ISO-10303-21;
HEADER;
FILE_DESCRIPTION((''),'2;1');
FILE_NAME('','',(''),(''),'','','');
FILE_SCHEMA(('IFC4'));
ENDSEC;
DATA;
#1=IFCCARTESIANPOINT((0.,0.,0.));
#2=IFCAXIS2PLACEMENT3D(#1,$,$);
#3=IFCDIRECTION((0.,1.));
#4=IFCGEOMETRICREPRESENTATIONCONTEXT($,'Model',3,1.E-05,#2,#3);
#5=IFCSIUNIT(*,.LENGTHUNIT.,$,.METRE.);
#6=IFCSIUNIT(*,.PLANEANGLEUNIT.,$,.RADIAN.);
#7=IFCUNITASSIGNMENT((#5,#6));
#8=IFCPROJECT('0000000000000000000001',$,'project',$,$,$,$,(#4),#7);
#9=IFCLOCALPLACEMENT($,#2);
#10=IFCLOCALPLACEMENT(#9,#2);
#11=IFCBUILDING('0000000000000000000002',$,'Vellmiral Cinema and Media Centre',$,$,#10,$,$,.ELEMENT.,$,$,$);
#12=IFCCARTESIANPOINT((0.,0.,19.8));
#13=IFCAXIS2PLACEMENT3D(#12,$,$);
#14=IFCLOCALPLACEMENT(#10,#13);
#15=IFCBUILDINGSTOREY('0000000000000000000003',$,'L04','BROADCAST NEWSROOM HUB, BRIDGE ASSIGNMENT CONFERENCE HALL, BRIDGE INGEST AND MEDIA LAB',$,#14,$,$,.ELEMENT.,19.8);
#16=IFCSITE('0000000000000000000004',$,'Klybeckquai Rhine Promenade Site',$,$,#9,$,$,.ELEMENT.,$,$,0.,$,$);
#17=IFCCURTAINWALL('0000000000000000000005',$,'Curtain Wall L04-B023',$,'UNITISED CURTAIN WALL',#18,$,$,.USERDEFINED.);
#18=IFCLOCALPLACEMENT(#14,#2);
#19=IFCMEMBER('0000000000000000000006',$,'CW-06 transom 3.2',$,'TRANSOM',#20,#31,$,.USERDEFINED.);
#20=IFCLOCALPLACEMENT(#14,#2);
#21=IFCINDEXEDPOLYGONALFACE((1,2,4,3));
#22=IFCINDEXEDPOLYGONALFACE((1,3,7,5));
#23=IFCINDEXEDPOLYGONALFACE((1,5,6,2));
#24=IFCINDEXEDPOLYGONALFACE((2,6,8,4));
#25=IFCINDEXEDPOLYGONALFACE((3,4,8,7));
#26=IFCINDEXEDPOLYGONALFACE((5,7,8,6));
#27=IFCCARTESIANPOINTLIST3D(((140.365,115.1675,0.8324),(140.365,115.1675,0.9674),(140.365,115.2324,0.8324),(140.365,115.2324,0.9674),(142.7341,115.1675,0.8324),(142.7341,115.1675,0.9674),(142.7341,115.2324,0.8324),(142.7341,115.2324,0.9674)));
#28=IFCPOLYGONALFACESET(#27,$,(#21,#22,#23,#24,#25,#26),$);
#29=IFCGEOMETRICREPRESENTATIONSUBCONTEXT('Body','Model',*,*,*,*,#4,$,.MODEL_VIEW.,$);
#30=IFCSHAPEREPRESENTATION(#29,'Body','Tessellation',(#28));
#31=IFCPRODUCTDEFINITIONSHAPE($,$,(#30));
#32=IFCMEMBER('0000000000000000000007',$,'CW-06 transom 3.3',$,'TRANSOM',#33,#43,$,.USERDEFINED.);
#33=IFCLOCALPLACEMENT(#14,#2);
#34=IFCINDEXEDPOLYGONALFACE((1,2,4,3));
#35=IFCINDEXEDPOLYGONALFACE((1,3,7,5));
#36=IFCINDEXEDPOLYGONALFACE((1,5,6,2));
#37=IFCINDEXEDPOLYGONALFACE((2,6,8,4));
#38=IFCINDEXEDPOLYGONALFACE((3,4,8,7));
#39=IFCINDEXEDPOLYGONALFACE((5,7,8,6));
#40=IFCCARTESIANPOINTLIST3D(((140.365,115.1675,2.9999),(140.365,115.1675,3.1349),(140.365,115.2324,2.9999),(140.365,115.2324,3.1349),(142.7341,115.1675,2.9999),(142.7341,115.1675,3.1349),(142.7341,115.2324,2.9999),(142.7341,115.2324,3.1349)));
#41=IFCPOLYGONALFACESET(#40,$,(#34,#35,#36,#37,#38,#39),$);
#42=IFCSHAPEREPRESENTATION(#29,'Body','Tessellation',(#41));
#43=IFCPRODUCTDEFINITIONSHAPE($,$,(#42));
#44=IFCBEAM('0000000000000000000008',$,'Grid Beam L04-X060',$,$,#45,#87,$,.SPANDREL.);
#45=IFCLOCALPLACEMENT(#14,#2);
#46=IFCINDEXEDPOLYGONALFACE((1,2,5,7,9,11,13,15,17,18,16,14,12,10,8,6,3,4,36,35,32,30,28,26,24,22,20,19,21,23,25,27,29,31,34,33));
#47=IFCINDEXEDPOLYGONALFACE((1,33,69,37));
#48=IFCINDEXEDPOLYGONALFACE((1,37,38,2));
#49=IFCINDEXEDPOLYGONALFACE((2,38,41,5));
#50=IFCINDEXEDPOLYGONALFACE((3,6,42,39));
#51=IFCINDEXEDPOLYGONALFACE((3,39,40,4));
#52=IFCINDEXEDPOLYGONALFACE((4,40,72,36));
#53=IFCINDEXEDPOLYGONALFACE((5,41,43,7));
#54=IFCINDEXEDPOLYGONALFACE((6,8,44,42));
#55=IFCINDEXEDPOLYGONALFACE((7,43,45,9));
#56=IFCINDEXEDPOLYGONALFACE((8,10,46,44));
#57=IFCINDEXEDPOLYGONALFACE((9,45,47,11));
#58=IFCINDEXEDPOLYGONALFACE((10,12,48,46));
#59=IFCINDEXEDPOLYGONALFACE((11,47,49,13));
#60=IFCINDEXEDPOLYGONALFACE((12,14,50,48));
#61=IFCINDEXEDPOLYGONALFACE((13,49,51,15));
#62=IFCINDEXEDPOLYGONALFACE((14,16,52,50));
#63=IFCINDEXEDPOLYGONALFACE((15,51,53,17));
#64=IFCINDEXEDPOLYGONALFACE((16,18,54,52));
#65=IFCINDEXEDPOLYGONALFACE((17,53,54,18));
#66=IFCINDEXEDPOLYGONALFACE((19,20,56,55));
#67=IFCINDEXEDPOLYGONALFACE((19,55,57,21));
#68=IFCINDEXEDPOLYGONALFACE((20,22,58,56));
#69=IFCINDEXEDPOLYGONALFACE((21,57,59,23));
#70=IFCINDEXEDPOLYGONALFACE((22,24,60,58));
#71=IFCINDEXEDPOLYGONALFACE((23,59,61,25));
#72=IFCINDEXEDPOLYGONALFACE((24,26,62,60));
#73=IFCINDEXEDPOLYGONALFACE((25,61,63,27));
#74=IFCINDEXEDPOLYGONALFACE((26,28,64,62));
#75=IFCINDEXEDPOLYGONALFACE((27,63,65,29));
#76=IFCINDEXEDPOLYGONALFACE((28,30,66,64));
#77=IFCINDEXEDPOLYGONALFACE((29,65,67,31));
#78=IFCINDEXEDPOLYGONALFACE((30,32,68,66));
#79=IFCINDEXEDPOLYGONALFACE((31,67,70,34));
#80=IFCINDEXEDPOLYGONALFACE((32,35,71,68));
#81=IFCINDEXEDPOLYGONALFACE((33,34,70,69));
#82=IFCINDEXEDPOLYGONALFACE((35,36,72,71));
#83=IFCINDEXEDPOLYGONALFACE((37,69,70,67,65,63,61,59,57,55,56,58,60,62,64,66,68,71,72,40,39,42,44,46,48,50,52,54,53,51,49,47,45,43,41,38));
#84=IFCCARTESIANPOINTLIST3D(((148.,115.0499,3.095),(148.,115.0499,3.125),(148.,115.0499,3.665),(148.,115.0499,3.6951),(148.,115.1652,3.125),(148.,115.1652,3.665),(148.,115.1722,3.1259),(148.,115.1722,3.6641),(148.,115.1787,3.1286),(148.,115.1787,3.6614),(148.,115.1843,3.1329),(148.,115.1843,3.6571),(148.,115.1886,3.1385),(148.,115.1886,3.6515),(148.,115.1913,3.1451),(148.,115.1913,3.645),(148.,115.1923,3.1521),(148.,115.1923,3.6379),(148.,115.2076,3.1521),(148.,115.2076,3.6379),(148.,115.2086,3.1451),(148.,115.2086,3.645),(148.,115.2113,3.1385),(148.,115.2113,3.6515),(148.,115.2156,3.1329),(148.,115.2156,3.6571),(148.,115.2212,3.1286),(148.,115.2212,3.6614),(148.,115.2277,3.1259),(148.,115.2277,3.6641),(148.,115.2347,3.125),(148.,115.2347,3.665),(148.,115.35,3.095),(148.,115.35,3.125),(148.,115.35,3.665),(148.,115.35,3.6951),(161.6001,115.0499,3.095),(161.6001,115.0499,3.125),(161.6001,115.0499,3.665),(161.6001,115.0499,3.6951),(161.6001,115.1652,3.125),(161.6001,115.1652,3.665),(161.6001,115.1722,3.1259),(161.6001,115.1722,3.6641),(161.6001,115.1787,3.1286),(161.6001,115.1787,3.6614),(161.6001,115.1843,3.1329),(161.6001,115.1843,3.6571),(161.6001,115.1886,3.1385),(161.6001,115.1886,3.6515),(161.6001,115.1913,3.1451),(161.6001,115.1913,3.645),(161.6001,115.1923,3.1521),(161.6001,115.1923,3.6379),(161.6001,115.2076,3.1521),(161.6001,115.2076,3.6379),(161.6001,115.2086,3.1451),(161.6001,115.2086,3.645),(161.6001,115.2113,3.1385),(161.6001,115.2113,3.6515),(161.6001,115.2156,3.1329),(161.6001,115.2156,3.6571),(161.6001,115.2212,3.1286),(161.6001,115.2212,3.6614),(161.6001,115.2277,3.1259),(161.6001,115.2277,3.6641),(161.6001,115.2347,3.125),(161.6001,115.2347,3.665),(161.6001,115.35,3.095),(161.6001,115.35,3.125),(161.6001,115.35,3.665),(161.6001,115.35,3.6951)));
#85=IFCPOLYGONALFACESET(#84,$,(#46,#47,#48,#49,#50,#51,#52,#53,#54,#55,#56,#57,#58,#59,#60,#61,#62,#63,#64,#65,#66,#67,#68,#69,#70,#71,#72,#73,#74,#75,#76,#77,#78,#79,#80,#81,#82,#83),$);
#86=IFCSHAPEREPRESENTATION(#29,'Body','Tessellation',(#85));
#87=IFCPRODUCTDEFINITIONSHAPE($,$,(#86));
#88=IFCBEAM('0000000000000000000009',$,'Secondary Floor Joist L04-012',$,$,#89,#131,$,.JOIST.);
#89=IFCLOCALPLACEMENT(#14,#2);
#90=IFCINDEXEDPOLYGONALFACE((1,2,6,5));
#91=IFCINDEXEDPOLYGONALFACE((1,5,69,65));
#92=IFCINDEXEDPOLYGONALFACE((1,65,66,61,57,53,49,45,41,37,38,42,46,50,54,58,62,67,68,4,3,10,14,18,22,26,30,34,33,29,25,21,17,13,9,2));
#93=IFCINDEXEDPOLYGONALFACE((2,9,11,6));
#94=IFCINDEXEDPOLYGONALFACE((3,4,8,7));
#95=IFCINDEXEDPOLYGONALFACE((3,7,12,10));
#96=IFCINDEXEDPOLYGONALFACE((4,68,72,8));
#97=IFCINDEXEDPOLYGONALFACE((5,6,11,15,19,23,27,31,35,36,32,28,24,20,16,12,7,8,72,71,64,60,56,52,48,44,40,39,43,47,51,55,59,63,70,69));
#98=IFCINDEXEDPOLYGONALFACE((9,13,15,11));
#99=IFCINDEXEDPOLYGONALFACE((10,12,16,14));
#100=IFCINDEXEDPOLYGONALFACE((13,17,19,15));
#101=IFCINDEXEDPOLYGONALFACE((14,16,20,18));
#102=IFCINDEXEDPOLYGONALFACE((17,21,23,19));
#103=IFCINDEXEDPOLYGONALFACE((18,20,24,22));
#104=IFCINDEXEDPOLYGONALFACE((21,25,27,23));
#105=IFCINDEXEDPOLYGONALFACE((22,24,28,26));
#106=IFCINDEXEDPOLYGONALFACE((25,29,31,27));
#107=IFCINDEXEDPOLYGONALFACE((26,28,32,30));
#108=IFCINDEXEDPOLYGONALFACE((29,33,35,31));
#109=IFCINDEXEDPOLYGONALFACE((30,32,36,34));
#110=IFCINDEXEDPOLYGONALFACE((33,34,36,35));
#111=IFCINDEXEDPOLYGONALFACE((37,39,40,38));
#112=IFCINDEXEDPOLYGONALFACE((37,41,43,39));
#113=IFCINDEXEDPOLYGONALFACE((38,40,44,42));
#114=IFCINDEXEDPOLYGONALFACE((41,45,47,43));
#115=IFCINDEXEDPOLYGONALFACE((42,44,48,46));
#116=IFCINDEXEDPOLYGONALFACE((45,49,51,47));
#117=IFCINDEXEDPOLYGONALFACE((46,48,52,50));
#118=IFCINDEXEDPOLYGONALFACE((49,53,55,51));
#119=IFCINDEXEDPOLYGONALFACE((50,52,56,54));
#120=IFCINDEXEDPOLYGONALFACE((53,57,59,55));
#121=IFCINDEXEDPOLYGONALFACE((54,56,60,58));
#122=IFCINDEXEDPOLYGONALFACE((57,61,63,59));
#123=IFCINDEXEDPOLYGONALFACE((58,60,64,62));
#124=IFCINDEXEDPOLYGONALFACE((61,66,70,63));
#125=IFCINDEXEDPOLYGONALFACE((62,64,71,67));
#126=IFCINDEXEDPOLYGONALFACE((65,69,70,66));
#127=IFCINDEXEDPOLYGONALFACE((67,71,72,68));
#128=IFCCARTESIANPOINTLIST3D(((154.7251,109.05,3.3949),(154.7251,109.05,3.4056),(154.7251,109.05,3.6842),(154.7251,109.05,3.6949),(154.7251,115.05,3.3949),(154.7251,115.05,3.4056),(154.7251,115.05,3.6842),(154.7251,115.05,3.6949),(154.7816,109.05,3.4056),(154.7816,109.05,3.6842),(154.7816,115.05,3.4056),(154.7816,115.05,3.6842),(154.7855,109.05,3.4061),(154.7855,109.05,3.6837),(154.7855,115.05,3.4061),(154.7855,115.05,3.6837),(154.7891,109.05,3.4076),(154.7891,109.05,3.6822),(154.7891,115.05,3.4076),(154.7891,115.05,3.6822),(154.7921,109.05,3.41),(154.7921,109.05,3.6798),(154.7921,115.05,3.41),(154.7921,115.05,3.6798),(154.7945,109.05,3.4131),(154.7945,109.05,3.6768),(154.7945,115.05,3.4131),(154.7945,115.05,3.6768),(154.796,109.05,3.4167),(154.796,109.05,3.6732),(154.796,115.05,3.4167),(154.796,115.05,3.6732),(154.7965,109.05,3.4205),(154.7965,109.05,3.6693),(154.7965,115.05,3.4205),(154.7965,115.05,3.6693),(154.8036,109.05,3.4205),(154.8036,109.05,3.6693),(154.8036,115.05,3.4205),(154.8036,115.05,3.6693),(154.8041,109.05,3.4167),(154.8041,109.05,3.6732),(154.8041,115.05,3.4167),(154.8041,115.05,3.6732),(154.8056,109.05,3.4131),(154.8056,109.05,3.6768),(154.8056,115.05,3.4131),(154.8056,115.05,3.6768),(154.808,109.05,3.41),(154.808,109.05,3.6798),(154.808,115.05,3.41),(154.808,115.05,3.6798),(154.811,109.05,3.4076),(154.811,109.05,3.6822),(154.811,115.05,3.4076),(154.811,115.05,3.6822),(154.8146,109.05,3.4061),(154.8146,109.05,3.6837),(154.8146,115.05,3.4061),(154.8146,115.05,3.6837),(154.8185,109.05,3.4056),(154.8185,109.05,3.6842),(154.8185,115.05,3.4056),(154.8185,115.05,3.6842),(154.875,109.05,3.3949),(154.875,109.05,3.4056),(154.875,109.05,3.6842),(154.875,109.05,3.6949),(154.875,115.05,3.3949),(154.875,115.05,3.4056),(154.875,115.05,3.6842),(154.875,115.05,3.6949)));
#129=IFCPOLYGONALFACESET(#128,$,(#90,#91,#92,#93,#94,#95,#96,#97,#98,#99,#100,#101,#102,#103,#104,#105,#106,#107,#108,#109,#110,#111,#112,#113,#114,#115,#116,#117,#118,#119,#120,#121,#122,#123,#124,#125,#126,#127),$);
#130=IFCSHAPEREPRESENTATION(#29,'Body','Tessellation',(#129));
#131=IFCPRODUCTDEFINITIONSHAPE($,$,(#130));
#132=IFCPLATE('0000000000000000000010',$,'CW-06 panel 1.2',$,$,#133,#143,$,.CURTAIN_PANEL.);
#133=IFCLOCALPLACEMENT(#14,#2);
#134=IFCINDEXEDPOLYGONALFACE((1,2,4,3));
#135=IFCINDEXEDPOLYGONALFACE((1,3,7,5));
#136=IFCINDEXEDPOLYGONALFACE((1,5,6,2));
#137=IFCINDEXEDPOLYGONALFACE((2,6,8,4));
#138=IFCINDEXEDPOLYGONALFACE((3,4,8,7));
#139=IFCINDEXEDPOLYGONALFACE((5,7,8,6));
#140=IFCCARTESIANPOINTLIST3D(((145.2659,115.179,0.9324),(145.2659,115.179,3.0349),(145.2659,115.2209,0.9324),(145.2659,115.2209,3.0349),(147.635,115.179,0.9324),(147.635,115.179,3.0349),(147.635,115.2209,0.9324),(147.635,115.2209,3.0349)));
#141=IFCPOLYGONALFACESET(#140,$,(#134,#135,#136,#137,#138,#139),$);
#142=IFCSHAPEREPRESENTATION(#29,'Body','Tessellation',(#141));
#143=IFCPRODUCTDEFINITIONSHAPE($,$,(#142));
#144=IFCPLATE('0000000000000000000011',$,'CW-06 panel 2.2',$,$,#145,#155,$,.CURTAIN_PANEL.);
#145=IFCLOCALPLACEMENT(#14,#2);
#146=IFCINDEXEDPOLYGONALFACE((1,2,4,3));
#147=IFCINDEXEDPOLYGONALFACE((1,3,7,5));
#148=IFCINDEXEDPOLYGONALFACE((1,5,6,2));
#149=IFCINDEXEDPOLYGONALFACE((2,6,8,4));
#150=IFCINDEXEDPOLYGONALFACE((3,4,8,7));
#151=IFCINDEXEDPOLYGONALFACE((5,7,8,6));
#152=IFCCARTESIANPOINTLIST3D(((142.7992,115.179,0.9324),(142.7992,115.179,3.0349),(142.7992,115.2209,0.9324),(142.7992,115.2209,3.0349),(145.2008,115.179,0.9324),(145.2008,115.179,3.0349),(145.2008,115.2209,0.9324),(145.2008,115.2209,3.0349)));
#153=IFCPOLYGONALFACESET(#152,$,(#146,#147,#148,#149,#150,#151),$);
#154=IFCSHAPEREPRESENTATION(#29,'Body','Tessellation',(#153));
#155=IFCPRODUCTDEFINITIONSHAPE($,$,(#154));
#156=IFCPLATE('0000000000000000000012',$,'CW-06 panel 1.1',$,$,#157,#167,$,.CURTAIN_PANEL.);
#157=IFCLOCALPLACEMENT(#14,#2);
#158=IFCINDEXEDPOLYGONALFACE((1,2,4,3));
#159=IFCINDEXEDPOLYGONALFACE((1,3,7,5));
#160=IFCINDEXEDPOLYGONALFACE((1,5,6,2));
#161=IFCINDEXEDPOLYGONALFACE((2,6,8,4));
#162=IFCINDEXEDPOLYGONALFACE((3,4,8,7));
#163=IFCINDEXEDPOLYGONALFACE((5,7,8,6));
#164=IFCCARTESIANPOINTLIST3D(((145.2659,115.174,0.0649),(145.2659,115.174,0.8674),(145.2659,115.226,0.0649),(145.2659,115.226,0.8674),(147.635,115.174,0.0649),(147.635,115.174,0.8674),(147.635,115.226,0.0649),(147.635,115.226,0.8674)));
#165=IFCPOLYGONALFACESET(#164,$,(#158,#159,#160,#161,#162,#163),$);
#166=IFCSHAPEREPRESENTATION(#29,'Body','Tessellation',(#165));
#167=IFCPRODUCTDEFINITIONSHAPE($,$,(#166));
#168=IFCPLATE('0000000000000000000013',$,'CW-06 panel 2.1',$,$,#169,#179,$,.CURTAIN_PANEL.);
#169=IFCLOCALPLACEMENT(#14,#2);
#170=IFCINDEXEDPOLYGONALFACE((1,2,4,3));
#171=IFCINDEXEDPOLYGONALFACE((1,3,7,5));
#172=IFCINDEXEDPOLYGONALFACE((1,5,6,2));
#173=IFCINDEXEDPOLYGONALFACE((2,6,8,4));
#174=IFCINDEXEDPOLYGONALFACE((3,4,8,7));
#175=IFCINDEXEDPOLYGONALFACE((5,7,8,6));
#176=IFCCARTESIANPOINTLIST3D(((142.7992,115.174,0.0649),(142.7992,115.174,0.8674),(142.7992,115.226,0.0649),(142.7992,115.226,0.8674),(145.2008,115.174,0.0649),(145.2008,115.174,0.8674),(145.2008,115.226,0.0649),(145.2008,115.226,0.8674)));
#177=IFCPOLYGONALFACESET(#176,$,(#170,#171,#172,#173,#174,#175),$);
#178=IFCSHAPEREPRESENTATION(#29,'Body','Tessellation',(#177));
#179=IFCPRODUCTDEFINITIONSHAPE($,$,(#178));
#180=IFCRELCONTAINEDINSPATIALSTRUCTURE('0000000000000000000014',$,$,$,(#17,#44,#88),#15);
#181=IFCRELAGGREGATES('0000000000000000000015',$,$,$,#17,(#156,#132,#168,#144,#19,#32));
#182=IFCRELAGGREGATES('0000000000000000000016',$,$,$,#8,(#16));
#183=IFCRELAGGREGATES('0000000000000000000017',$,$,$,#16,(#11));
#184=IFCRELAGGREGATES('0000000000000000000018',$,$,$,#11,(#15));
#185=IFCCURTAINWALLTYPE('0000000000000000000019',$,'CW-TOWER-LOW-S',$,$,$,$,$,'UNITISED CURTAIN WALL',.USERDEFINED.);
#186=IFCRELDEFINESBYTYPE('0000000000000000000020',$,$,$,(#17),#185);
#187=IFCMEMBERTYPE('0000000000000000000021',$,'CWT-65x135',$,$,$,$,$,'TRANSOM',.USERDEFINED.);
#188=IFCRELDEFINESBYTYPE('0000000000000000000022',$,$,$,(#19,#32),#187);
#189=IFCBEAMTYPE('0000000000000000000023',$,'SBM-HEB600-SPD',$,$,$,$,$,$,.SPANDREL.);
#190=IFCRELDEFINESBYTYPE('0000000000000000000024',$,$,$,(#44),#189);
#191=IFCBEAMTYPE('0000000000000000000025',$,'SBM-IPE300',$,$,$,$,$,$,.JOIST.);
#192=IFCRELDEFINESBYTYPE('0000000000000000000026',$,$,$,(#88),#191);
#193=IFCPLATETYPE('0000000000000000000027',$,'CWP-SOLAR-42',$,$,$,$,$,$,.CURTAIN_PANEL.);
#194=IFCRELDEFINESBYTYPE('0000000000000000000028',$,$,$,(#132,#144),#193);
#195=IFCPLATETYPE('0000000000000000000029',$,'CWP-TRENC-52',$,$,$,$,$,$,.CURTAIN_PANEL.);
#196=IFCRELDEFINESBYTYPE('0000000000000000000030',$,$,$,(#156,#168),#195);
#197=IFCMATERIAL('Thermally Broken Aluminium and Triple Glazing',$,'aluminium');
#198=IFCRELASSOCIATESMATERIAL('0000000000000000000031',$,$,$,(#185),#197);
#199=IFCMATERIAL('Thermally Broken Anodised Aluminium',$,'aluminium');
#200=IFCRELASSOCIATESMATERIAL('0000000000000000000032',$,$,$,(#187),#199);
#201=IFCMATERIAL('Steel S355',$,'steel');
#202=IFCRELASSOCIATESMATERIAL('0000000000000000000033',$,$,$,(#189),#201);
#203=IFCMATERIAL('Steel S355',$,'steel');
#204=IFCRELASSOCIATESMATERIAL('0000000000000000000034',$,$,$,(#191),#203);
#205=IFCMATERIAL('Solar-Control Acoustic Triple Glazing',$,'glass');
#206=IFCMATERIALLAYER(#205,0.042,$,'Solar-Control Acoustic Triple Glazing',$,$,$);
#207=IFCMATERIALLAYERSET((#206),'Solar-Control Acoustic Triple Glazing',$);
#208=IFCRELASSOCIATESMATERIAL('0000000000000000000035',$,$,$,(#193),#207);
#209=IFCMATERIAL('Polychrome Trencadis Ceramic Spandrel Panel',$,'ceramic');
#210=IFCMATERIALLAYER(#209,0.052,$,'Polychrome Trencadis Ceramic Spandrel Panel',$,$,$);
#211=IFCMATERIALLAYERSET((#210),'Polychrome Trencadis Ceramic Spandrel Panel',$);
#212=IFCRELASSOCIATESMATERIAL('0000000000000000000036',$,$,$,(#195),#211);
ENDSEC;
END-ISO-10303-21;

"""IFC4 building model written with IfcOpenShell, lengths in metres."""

from ifc_helpers import new_model, si_unit, direction, frame, origin, origin_2d, place, context, subcontext, project, spatial, rectangle, i_section, extrude, material, layer, layer_set, material_profile, profile_set, type_object, element, aggregate, save


model = new_model("IFC4")

# Units and contexts
model_context = context("Model", 3, precision=1e-05, world=origin(), true_north=direction((0.0, 1.0)))
body_context = subcontext(model_context, "Body", "Model", "MODEL_VIEW")
ifc_project = project(units=[si_unit("LENGTHUNIT", "METRE"), si_unit("PLANEANGLEUNIT", "RADIAN")], contexts=[model_context])

# Site, building, storey
site_placement = place(None, origin())
site = spatial("IfcSite", under=ifc_project, at=site_placement, Name="Klybeckquai Rhine Promenade Site", CompositionType="ELEMENT", RefElevation=0.0)
building_placement = place(site_placement, origin())
building = spatial("IfcBuilding", under=site, at=building_placement, Name="Vellmiral Cinema and Media Centre", CompositionType="ELEMENT")
storey_placement = place(building_placement, frame((0.0, 0.0, 19.8)))
storey = spatial("IfcBuildingStorey", under=building, at=storey_placement, Name="L04", Description="BROADCAST NEWSROOM HUB, BRIDGE ASSIGNMENT CONFERENCE HALL, BRIDGE INGEST AND MEDIA LAB", CompositionType="ELEMENT", Elevation=19.8)

# Curtain wall, members
ifc_material_1 = material(Name="Thermally Broken Aluminium and Triple Glazing", Category="aluminium")
curtain_wall_type = type_object("IfcCurtainWallType", Name="CW-TOWER-LOW-S", ElementType="UNITISED CURTAIN WALL", PredefinedType="USERDEFINED", material=ifc_material_1)
curtain_wall_placement = place(storey_placement, origin())
curtain_wall = element("IfcCurtainWall", 1, at=curtain_wall_placement, inside=storey, type_object=curtain_wall_type, Name="Curtain Wall L04-B023", ObjectType="UNITISED CURTAIN WALL", PredefinedType="USERDEFINED")
ifc_material_2 = material(Name="Thermally Broken Anodised Aluminium", Category="aluminium")
ifc_material_profile_1 = material_profile(ifc_material_2, rectangle(XDim=0.0649, YDim=0.135, at=origin_2d()), Name="MULL 65x135")
ifc_profile_set_1 = profile_set([ifc_material_profile_1], Name="Thermally Broken Anodised Aluminium")
member_type_1 = type_object("IfcMemberType", Name="CWT-65x135", ElementType="TRANSOM", PredefinedType="USERDEFINED", material=ifc_profile_set_1)
member_1_placement = place(storey_placement, frame((142.7341, 115.2, 0.8999), z_axis=(-1.0, 0.0, 0.0), x_axis=(0.0, -1.0, 0.0)))
member_1 = element("IfcMember", 2, at=member_1_placement, type_object=member_type_1, Name="CW-06 transom 3.2", ObjectType="TRANSOM", PredefinedType="USERDEFINED", context=body_context, shape_type="SweptSolid", body=[
    extrude(rectangle(XDim=0.0649, YDim=0.135, at=origin_2d()), origin(), (0.0, 0.0, 1.0), 2.3691),
])
member_2_placement = place(storey_placement, frame((142.7341, 115.2, 3.0674), z_axis=(-1.0, 0.0, 0.0), x_axis=(0.0, -1.0, 0.0)))
member_2 = element("IfcMember", 3, at=member_2_placement, type_object=member_type_1, Name="CW-06 transom 3.3", ObjectType="TRANSOM", PredefinedType="USERDEFINED", context=body_context, shape_type="SweptSolid", body=[
    extrude(rectangle(XDim=0.0649, YDim=0.135, at=origin_2d()), origin(), (0.0, 0.0, 1.0), 2.3691),
])

# Beams
ifc_material_3 = material(Name="Steel S355", Category="steel")
ifc_material_profile_2 = material_profile(ifc_material_3, i_section(OverallWidth=0.3, OverallDepth=0.6001, WebThickness=0.0154, FlangeThickness=0.03, FilletRadius=0.0271, at=origin_2d()), Name="HEB 600")
ifc_profile_set_2 = profile_set([ifc_material_profile_2], Name="Steel S355")
beam_type_1 = type_object("IfcBeamType", Name="SBM-HEB600-SPD", PredefinedType="SPANDREL", material=ifc_profile_set_2)
beam_1_placement = place(storey_placement, frame((148.0, 115.2, 3.395), z_axis=(1.0, 0.0, 0.0), x_axis=(0.0, 1.0, 0.0)))
element("IfcBeam", 4, at=beam_1_placement, inside=storey, type_object=beam_type_1, Name="Grid Beam L04-X060", PredefinedType="SPANDREL", context=body_context, shape_type="SweptSolid", body=[
    extrude(i_section(OverallWidth=0.3, OverallDepth=0.6001, WebThickness=0.0154, FlangeThickness=0.03, FilletRadius=0.0271, at=origin_2d()), origin(), (0.0, 0.0, 1.0), 13.6001),
])
ifc_material_4 = material(Name="Steel S355", Category="steel")
ifc_material_profile_3 = material_profile(ifc_material_4, i_section(OverallWidth=0.1499, OverallDepth=0.3, WebThickness=0.0071, FlangeThickness=0.0107, FilletRadius=0.0149, at=origin_2d()), Name="IPE 300")
ifc_profile_set_3 = profile_set([ifc_material_profile_3], Name="Steel S355")
beam_type_2 = type_object("IfcBeamType", Name="SBM-IPE300", PredefinedType="JOIST", material=ifc_profile_set_3)
beam_2_placement = place(storey_placement, frame((154.8, 109.05, 3.5449), z_axis=(0.0, 1.0, 0.0), x_axis=(-1.0, 0.0, 0.0)))
element("IfcBeam", 5, at=beam_2_placement, inside=storey, type_object=beam_type_2, Name="Secondary Floor Joist L04-012", PredefinedType="JOIST", context=body_context, shape_type="SweptSolid", body=[
    extrude(i_section(OverallWidth=0.1499, OverallDepth=0.3, WebThickness=0.0071, FlangeThickness=0.0107, FilletRadius=0.0149, at=origin_2d()), origin(), (0.0, 0.0, 1.0), 6.0),
])

# Plates
ifc_material_5 = material(Name="Solar-Control Acoustic Triple Glazing", Category="glass")
ifc_layer_1 = layer(ifc_material_5, 0.042, Name="Solar-Control Acoustic Triple Glazing")
ifc_layer_set_1 = layer_set([ifc_layer_1], Name="Solar-Control Acoustic Triple Glazing")
plate_type_1 = type_object("IfcPlateType", Name="CWP-SOLAR-42", PredefinedType="CURTAIN_PANEL", material=ifc_layer_set_1)
plate_1_placement = place(storey_placement, frame((146.4504, 115.2, 0.9324), z_axis=(0.0, 0.0, 1.0), x_axis=(-1.0, 0.0, 0.0)))
plate_1 = element("IfcPlate", 6, at=plate_1_placement, type_object=plate_type_1, Name="CW-06 panel 1.2", PredefinedType="CURTAIN_PANEL", context=body_context, shape_type="SweptSolid", body=[
    extrude(rectangle(XDim=2.3691, YDim=0.042, at=origin_2d()), origin(), (0.0, 0.0, 1.0), 2.1025),
])
plate_2_placement = place(storey_placement, frame((144.0, 115.2, 0.9324), z_axis=(0.0, 0.0, 1.0), x_axis=(-1.0, 0.0, 0.0)))
plate_2 = element("IfcPlate", 7, at=plate_2_placement, type_object=plate_type_1, Name="CW-06 panel 2.2", PredefinedType="CURTAIN_PANEL", context=body_context, shape_type="SweptSolid", body=[
    extrude(rectangle(XDim=2.4016, YDim=0.042, at=origin_2d()), origin(), (0.0, 0.0, 1.0), 2.1025),
])
ifc_material_6 = material(Name="Polychrome Trencadis Ceramic Spandrel Panel", Category="ceramic")
ifc_layer_2 = layer(ifc_material_6, 0.052, Name="Polychrome Trencadis Ceramic Spandrel Panel")
ifc_layer_set_2 = layer_set([ifc_layer_2], Name="Polychrome Trencadis Ceramic Spandrel Panel")
plate_type_2 = type_object("IfcPlateType", Name="CWP-TRENC-52", PredefinedType="CURTAIN_PANEL", material=ifc_layer_set_2)
plate_3_placement = place(storey_placement, frame((146.4504, 115.2, 0.0649), z_axis=(0.0, 0.0, 1.0), x_axis=(-1.0, 0.0, 0.0)))
plate_3 = element("IfcPlate", 8, at=plate_3_placement, type_object=plate_type_2, Name="CW-06 panel 1.1", PredefinedType="CURTAIN_PANEL", context=body_context, shape_type="SweptSolid", body=[
    extrude(rectangle(XDim=2.3691, YDim=0.052, at=origin_2d()), origin(), (0.0, 0.0, 1.0), 0.8025),
])
plate_4_placement = place(storey_placement, frame((144.0, 115.2, 0.0649), z_axis=(0.0, 0.0, 1.0), x_axis=(-1.0, 0.0, 0.0)))
plate_4 = element("IfcPlate", 9, at=plate_4_placement, type_object=plate_type_2, Name="CW-06 panel 2.1", PredefinedType="CURTAIN_PANEL", context=body_context, shape_type="SweptSolid", body=[
    extrude(rectangle(XDim=2.4016, YDim=0.052, at=origin_2d()), origin(), (0.0, 0.0, 1.0), 0.8025),
])
aggregate(curtain_wall, [plate_3, plate_1, plate_4, plate_2, member_1, member_2])

save(model, "model.ifc")
